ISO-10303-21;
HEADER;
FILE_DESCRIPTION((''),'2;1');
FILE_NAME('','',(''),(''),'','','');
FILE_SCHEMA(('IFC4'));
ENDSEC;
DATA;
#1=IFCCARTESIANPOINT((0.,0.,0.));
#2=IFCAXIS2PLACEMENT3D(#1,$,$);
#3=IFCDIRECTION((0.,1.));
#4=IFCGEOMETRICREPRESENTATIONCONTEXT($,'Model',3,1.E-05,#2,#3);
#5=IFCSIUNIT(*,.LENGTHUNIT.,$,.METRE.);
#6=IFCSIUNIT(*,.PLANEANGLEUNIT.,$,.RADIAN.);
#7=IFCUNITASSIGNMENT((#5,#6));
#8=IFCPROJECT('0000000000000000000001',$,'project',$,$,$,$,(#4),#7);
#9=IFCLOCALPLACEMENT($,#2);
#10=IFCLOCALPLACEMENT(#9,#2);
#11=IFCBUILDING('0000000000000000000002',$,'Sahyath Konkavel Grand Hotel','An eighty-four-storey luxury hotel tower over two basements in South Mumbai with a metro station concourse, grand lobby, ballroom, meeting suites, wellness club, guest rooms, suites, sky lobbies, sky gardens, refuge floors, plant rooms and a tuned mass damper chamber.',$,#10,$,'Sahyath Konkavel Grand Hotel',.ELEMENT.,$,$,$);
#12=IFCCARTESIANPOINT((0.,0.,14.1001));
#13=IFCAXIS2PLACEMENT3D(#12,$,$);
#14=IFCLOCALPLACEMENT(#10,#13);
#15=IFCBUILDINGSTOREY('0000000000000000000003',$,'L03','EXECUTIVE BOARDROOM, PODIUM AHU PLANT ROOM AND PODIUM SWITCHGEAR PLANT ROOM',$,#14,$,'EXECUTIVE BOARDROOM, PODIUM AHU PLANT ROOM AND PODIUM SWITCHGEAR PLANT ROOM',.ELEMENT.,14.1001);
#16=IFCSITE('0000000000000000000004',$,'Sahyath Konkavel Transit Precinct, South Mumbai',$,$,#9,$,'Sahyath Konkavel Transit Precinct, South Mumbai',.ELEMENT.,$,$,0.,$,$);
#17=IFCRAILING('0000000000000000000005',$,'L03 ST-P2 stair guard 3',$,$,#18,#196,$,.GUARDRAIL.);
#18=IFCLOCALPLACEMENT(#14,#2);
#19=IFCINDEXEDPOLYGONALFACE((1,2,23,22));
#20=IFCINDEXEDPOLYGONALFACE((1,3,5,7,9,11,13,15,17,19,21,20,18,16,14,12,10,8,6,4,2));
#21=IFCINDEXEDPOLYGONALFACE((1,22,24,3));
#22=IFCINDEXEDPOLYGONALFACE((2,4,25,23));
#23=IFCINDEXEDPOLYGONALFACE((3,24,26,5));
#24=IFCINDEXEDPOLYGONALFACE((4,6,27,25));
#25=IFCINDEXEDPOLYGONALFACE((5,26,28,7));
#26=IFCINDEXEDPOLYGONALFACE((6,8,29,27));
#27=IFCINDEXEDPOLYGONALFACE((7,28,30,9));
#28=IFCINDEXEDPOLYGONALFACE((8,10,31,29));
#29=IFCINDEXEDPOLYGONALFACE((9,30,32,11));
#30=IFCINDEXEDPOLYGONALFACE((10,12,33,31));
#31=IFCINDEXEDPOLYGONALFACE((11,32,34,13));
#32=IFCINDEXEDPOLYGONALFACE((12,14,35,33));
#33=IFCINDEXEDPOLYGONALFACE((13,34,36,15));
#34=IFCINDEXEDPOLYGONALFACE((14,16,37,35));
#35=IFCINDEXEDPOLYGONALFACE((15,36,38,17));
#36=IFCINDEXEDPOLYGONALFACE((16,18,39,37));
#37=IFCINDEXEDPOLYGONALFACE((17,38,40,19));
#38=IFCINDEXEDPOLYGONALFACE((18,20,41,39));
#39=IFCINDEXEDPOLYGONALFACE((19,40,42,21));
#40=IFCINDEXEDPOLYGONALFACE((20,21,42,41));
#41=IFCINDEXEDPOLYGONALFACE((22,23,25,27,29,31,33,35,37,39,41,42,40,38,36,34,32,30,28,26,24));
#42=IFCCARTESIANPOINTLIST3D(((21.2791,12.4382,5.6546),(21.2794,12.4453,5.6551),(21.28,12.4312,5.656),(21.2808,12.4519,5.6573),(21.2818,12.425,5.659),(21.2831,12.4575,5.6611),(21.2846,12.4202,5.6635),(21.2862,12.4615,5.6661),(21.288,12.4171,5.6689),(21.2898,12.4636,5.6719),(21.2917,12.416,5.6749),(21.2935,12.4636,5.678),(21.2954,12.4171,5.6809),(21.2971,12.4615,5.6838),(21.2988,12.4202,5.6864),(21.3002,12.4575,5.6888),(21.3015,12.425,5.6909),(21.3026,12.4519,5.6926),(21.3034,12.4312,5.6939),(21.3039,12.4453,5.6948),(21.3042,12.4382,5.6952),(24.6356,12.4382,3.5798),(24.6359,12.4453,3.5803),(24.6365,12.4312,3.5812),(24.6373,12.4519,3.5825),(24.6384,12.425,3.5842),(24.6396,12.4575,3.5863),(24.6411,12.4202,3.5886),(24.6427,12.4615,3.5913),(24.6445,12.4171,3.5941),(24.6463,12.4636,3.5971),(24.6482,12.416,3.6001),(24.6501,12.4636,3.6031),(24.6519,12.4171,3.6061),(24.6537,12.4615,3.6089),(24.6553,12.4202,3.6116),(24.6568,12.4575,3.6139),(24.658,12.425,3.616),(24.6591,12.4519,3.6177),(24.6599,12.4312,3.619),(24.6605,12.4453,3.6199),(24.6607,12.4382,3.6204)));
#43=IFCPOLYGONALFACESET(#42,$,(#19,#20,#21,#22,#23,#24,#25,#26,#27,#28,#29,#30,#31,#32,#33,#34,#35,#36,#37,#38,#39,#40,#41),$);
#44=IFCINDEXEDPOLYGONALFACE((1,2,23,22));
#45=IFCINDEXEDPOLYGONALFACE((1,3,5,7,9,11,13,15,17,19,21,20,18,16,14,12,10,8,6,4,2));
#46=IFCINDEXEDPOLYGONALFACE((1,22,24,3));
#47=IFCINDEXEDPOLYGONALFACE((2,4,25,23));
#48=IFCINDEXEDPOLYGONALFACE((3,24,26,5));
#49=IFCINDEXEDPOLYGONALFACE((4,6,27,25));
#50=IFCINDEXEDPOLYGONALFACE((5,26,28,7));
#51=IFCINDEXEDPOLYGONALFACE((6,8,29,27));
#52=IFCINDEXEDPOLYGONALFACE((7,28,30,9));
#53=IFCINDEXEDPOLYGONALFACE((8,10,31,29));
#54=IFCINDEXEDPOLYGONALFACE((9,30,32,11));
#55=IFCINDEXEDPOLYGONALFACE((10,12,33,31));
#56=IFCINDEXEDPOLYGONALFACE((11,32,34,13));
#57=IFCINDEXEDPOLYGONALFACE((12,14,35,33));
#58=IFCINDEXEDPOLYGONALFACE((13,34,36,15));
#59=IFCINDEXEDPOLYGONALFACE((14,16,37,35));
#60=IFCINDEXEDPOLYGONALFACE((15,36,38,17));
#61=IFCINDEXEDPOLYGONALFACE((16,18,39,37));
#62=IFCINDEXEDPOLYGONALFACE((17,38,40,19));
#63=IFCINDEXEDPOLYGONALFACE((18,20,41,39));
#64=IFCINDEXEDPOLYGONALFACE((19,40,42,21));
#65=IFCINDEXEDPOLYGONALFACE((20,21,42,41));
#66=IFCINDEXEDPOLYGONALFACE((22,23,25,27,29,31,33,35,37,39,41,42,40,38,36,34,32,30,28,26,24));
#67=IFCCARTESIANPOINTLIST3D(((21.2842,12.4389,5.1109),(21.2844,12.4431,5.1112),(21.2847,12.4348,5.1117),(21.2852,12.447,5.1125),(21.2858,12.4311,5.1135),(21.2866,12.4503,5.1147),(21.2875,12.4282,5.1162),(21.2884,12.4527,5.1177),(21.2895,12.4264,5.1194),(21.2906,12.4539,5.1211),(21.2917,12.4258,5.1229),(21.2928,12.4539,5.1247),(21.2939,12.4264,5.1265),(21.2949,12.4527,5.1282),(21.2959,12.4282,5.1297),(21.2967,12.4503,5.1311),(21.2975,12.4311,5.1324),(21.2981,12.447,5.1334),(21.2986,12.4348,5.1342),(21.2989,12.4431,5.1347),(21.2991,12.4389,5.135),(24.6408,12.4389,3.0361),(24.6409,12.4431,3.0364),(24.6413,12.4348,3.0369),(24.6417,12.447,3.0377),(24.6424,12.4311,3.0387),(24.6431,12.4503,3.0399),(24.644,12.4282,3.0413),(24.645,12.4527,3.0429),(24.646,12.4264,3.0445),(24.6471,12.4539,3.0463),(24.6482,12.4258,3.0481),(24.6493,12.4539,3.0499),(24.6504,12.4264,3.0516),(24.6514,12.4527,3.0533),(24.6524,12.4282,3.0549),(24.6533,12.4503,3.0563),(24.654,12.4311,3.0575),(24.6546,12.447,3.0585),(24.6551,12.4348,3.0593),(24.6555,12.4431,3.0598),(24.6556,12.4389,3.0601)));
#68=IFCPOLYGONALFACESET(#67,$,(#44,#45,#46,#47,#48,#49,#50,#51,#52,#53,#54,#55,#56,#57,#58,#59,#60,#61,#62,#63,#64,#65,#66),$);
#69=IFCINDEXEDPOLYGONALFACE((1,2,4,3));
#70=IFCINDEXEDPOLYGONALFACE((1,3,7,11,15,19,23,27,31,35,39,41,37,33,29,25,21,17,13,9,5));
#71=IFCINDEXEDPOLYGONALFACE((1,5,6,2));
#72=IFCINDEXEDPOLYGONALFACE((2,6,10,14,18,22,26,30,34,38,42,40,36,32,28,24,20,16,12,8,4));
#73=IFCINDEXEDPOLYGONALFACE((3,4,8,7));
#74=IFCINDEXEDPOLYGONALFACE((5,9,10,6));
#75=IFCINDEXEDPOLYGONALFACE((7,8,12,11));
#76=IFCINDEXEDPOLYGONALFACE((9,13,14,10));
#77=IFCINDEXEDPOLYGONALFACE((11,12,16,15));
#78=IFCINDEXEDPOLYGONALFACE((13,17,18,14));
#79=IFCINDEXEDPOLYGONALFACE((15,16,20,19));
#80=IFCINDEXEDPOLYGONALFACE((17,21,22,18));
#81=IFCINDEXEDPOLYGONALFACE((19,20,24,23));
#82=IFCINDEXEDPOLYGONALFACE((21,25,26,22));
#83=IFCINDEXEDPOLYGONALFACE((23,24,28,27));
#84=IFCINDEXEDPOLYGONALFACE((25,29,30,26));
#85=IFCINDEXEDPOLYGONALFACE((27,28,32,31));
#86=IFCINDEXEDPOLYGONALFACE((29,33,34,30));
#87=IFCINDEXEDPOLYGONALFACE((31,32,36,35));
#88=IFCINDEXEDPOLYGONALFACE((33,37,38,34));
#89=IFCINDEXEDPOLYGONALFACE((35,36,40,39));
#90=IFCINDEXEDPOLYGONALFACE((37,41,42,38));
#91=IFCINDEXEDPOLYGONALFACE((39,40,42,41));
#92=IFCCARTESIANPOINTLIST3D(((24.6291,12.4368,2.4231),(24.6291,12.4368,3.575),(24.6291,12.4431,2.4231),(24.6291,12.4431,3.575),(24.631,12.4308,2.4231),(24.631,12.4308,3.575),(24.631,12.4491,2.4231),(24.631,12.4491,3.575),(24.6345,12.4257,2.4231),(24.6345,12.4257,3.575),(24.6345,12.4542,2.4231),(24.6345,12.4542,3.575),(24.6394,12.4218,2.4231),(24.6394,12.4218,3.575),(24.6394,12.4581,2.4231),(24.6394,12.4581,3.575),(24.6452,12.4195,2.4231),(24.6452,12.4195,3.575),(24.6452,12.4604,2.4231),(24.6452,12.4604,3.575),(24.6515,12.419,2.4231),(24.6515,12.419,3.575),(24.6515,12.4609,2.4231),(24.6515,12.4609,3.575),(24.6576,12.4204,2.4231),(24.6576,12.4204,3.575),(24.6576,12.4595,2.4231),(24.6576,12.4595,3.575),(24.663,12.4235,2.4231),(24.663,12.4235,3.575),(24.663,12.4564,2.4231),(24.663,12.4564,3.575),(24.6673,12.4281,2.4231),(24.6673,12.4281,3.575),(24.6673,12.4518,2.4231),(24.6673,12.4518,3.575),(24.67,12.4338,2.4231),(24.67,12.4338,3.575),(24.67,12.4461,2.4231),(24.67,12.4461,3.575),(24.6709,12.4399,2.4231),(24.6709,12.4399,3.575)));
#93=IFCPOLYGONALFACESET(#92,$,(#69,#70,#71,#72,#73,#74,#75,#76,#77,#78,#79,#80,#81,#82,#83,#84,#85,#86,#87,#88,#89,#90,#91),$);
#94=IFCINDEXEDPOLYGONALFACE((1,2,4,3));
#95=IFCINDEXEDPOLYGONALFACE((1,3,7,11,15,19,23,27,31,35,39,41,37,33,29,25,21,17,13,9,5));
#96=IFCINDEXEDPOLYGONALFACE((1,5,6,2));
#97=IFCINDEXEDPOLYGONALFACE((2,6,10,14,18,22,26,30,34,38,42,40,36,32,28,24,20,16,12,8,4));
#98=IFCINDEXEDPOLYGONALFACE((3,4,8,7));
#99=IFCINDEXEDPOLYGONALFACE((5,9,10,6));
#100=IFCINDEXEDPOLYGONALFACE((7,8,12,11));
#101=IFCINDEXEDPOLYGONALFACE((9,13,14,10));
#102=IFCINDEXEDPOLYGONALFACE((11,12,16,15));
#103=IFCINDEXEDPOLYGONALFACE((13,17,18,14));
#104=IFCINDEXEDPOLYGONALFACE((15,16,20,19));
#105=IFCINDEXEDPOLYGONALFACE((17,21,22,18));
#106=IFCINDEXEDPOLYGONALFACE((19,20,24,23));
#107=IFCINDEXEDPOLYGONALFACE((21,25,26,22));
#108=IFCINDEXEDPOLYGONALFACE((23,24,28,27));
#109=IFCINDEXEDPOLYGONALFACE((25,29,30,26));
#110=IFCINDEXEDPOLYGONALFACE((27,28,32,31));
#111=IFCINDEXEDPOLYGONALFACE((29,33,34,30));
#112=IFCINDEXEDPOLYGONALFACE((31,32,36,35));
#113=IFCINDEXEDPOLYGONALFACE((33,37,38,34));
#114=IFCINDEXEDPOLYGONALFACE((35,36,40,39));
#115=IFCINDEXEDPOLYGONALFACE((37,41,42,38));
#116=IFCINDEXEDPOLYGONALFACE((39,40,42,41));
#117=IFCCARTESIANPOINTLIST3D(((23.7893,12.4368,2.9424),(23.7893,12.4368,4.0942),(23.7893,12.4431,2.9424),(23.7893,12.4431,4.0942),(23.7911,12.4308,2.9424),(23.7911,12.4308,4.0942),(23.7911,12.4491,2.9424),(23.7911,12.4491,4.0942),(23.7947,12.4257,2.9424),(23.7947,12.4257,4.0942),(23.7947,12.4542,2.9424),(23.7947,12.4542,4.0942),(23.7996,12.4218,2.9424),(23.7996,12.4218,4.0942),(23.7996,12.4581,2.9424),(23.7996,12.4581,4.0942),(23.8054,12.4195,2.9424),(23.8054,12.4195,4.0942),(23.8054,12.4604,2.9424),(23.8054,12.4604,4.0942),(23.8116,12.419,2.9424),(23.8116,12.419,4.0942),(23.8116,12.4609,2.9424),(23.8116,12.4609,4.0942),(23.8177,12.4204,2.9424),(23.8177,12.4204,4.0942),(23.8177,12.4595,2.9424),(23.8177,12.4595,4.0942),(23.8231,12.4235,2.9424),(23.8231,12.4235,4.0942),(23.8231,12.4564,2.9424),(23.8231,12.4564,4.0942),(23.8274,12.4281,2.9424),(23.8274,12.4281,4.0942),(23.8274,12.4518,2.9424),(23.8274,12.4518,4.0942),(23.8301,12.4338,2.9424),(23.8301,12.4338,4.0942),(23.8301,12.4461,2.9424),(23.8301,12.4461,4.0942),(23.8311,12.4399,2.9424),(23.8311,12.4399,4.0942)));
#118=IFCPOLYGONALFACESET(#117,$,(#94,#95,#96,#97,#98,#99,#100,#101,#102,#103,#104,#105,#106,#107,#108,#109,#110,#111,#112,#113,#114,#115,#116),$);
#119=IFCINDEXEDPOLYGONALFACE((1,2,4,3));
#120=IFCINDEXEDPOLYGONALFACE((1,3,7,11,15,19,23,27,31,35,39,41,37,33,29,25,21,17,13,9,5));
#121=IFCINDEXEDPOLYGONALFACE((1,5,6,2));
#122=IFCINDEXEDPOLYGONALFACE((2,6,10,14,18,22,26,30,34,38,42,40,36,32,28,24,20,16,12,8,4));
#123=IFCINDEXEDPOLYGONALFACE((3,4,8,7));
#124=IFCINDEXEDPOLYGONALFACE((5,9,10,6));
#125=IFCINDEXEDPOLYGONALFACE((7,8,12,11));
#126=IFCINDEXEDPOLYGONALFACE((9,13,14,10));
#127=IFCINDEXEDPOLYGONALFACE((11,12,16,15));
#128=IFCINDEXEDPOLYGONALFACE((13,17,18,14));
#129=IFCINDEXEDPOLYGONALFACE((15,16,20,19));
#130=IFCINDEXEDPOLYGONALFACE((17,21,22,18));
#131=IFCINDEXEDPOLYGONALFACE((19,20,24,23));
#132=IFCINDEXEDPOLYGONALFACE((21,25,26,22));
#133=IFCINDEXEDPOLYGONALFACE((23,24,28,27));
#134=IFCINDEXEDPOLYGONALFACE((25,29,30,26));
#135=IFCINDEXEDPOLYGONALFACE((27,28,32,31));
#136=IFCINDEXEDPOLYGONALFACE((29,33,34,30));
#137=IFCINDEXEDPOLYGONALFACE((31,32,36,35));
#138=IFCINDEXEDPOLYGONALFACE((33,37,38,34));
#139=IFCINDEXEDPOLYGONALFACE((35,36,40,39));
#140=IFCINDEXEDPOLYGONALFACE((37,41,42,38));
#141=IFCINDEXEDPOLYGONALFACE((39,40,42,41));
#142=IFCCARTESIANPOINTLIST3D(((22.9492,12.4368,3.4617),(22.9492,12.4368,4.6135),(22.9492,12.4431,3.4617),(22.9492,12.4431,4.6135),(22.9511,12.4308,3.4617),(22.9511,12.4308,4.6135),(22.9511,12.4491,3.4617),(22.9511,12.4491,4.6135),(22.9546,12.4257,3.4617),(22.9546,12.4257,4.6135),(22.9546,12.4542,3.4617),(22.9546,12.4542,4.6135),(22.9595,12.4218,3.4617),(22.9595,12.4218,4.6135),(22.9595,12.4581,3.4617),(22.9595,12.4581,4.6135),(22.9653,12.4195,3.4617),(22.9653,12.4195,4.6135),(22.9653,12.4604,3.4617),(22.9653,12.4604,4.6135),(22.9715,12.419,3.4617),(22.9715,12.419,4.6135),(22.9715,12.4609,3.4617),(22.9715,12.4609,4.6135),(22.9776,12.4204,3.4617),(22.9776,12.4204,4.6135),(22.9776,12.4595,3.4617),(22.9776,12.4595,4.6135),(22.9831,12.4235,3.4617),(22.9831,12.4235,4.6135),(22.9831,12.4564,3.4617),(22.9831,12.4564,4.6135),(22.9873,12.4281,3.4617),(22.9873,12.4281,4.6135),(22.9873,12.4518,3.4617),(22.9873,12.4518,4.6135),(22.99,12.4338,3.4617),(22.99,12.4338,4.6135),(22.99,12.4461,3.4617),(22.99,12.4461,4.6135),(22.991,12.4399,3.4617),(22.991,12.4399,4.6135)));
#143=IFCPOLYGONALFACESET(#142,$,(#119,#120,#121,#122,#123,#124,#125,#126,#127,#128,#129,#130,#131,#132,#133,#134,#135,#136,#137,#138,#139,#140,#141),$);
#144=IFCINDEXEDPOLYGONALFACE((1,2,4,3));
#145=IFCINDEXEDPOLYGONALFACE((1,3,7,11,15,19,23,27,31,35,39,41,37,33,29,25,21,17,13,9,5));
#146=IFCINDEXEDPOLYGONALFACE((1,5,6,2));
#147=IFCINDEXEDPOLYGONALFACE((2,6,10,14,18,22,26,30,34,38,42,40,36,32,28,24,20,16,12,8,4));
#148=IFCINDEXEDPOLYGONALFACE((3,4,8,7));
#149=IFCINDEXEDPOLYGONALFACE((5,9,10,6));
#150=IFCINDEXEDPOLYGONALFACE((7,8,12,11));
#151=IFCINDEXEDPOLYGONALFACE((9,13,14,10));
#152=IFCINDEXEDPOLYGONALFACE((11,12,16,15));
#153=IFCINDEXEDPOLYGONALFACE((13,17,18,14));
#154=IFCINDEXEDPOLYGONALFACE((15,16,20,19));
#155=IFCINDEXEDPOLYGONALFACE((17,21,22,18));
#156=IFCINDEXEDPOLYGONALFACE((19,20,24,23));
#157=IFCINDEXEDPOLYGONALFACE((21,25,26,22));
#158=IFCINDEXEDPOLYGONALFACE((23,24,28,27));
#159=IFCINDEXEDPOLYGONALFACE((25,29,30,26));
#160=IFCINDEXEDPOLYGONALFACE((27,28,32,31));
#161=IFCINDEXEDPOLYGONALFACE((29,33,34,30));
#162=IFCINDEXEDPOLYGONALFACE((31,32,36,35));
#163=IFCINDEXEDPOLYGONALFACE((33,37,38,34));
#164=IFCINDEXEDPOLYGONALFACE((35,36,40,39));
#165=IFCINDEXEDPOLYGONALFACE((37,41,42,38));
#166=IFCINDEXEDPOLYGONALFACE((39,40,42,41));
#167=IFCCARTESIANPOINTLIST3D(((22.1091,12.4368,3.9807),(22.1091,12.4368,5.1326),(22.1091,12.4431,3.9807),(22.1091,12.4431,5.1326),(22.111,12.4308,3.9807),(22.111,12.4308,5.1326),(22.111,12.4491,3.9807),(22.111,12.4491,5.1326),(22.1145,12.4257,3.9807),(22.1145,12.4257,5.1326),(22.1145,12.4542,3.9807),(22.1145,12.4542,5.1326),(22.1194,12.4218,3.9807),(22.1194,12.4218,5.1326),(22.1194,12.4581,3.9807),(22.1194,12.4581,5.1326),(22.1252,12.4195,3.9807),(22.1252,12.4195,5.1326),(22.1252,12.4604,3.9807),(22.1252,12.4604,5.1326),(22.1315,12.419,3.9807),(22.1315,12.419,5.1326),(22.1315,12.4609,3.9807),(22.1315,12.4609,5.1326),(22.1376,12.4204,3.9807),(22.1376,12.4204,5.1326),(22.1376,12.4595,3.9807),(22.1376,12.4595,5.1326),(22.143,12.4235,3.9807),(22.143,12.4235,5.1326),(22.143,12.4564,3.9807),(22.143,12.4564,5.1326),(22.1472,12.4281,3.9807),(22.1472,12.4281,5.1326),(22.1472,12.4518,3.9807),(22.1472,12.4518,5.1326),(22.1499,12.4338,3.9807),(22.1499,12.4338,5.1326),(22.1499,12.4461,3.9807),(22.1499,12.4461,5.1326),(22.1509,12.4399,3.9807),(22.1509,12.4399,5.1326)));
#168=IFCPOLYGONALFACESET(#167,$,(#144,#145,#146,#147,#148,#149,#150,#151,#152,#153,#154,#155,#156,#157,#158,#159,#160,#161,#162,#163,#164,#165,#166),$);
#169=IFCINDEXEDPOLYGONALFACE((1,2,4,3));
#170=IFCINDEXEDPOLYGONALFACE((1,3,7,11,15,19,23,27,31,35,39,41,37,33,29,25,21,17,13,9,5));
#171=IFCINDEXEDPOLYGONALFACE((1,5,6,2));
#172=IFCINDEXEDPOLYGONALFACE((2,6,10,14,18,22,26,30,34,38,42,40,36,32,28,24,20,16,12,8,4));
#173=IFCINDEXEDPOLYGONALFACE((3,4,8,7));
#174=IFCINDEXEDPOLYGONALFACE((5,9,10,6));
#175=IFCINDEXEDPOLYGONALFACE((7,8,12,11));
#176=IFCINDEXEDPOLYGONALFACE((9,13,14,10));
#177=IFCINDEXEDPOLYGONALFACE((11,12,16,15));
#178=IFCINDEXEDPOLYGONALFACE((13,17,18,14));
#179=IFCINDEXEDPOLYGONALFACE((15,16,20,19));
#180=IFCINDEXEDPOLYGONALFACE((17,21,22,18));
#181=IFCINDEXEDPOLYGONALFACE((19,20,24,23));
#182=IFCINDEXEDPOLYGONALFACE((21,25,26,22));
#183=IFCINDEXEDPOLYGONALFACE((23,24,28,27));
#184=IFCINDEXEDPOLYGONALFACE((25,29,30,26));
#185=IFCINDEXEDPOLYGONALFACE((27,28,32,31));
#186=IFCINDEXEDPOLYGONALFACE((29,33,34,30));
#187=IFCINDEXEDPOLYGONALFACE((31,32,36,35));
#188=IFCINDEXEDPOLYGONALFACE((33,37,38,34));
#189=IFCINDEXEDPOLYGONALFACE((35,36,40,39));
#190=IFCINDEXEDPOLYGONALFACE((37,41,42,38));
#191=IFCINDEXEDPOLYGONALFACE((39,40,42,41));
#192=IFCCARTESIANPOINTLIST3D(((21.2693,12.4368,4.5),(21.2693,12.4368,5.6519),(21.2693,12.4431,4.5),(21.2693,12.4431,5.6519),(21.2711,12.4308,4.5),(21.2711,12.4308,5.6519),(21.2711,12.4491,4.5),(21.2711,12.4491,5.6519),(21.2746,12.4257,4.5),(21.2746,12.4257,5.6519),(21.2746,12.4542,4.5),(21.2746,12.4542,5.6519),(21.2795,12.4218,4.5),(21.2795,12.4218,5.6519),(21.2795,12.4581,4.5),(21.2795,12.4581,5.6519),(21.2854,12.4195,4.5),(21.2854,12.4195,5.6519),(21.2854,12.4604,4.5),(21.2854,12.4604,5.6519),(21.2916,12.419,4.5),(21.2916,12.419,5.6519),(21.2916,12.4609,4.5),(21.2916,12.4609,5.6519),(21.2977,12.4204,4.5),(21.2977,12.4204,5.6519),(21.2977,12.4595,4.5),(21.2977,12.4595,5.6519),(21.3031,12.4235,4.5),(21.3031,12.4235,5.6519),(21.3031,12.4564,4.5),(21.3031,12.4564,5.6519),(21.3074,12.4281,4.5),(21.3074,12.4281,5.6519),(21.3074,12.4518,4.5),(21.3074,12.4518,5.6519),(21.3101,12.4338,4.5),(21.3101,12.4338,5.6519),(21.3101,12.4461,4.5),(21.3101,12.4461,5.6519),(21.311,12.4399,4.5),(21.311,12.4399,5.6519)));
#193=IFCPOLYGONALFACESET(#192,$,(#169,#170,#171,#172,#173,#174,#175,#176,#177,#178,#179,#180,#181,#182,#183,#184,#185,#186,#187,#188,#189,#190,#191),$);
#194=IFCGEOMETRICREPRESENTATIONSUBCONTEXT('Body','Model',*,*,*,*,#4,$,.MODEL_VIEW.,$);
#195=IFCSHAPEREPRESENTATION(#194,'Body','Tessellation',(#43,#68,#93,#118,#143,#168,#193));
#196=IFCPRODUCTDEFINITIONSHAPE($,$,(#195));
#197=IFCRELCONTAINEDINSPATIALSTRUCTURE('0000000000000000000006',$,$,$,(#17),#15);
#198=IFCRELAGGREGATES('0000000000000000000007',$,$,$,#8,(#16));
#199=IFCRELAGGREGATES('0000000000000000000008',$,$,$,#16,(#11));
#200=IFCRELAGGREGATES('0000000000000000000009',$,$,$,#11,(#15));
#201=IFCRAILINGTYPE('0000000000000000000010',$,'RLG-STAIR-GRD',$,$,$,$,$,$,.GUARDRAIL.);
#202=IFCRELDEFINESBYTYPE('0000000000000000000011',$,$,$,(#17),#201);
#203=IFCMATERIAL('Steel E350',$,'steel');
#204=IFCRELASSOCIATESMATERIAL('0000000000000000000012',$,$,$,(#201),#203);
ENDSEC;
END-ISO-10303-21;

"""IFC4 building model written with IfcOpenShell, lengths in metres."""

from ifc_helpers import new_model, si_unit, direction, frame, origin, origin_2d, place, context, subcontext, project, spatial, circle, extrude, material, type_object, element, save


model = new_model("IFC4")

# Units and contexts
model_context = context("Model", 3, precision=1e-05, world=origin(), true_north=direction((0.0, 1.0)))
body_context = subcontext(model_context, "Body", "Model", "MODEL_VIEW")
ifc_project = project(units=[si_unit("LENGTHUNIT", "METRE"), si_unit("PLANEANGLEUNIT", "RADIAN")], contexts=[model_context])

# Site, building, storey
site_placement = place(None, origin())
site = spatial("IfcSite", under=ifc_project, at=site_placement, Name="Sahyath Konkavel Transit Precinct, South Mumbai", LongName="Sahyath Konkavel Transit Precinct, South Mumbai", CompositionType="ELEMENT", RefElevation=0.0)
building_placement = place(site_placement, origin())
building = spatial("IfcBuilding", under=site, at=building_placement, Name="Sahyath Konkavel Grand Hotel", Description="An eighty-four-storey luxury hotel tower over two basements in South Mumbai with a metro station concourse, grand lobby, ballroom, meeting suites, wellness club, guest rooms, suites, sky lobbies, sky gardens, refuge floors, plant rooms and a tuned mass damper chamber.", LongName="Sahyath Konkavel Grand Hotel", CompositionType="ELEMENT")
storey_placement = place(building_placement, frame((0.0, 0.0, 14.1001)))
storey = spatial("IfcBuildingStorey", under=building, at=storey_placement, Name="L03", Description="EXECUTIVE BOARDROOM, PODIUM AHU PLANT ROOM AND PODIUM SWITCHGEAR PLANT ROOM", LongName="EXECUTIVE BOARDROOM, PODIUM AHU PLANT ROOM AND PODIUM SWITCHGEAR PLANT ROOM", CompositionType="ELEMENT", Elevation=14.1001)

# Shared definitions
ifc_material_1 = material(Name="Steel E350", Category="steel")

# Railing
railing_type_1 = type_object("IfcRailingType", Name="RLG-STAIR-GRD", PredefinedType="GUARDRAIL", material=ifc_material_1)
railing_1_placement = place(storey_placement, frame((24.6499, 12.4399, 2.4231)))
element("IfcRailing", 1, at=railing_1_placement, inside=storey, type_object=railing_type_1, Name="L03 ST-P2 stair guard 3", PredefinedType="GUARDRAIL", context=body_context, shape_type="SweptSolid", body=[
    extrude(circle(Radius=0.0239, at=origin_2d()), frame((-0.0017, 0.0, 1.177), z_axis=(-0.850606, 0.0, 0.525803), x_axis=(0.0, -1.0, 0.0)), (0.0, 0.0, 1.0), 3.946),
    extrude(circle(Radius=0.0142, at=origin_2d()), frame((-0.0017, 0.0, 0.625), z_axis=(-0.850606, 0.0, 0.525803), x_axis=(0.0, -1.0, 0.0)), (0.0, 0.0, 1.0), 3.946),
    extrude(circle(Radius=0.021, at=origin_2d()), origin(), (0.0, 0.0, 1.0), 1.1519),
    extrude(circle(Radius=0.021, at=origin_2d()), frame((-0.8398, 0.0, 0.5193)), (0.0, 0.0, 1.0), 1.1519),
    extrude(circle(Radius=0.021, at=origin_2d()), frame((-1.6799, 0.0, 1.0386)), (0.0, 0.0, 1.0), 1.1519),
    extrude(circle(Radius=0.021, at=origin_2d()), frame((-2.52, 0.0, 1.5576)), (0.0, 0.0, 1.0), 1.1519),
    extrude(circle(Radius=0.021, at=origin_2d()), frame((-3.3599, 0.0, 2.0769)), (0.0, 0.0, 1.0), 1.1519),
])

save(model, "model.ifc")
